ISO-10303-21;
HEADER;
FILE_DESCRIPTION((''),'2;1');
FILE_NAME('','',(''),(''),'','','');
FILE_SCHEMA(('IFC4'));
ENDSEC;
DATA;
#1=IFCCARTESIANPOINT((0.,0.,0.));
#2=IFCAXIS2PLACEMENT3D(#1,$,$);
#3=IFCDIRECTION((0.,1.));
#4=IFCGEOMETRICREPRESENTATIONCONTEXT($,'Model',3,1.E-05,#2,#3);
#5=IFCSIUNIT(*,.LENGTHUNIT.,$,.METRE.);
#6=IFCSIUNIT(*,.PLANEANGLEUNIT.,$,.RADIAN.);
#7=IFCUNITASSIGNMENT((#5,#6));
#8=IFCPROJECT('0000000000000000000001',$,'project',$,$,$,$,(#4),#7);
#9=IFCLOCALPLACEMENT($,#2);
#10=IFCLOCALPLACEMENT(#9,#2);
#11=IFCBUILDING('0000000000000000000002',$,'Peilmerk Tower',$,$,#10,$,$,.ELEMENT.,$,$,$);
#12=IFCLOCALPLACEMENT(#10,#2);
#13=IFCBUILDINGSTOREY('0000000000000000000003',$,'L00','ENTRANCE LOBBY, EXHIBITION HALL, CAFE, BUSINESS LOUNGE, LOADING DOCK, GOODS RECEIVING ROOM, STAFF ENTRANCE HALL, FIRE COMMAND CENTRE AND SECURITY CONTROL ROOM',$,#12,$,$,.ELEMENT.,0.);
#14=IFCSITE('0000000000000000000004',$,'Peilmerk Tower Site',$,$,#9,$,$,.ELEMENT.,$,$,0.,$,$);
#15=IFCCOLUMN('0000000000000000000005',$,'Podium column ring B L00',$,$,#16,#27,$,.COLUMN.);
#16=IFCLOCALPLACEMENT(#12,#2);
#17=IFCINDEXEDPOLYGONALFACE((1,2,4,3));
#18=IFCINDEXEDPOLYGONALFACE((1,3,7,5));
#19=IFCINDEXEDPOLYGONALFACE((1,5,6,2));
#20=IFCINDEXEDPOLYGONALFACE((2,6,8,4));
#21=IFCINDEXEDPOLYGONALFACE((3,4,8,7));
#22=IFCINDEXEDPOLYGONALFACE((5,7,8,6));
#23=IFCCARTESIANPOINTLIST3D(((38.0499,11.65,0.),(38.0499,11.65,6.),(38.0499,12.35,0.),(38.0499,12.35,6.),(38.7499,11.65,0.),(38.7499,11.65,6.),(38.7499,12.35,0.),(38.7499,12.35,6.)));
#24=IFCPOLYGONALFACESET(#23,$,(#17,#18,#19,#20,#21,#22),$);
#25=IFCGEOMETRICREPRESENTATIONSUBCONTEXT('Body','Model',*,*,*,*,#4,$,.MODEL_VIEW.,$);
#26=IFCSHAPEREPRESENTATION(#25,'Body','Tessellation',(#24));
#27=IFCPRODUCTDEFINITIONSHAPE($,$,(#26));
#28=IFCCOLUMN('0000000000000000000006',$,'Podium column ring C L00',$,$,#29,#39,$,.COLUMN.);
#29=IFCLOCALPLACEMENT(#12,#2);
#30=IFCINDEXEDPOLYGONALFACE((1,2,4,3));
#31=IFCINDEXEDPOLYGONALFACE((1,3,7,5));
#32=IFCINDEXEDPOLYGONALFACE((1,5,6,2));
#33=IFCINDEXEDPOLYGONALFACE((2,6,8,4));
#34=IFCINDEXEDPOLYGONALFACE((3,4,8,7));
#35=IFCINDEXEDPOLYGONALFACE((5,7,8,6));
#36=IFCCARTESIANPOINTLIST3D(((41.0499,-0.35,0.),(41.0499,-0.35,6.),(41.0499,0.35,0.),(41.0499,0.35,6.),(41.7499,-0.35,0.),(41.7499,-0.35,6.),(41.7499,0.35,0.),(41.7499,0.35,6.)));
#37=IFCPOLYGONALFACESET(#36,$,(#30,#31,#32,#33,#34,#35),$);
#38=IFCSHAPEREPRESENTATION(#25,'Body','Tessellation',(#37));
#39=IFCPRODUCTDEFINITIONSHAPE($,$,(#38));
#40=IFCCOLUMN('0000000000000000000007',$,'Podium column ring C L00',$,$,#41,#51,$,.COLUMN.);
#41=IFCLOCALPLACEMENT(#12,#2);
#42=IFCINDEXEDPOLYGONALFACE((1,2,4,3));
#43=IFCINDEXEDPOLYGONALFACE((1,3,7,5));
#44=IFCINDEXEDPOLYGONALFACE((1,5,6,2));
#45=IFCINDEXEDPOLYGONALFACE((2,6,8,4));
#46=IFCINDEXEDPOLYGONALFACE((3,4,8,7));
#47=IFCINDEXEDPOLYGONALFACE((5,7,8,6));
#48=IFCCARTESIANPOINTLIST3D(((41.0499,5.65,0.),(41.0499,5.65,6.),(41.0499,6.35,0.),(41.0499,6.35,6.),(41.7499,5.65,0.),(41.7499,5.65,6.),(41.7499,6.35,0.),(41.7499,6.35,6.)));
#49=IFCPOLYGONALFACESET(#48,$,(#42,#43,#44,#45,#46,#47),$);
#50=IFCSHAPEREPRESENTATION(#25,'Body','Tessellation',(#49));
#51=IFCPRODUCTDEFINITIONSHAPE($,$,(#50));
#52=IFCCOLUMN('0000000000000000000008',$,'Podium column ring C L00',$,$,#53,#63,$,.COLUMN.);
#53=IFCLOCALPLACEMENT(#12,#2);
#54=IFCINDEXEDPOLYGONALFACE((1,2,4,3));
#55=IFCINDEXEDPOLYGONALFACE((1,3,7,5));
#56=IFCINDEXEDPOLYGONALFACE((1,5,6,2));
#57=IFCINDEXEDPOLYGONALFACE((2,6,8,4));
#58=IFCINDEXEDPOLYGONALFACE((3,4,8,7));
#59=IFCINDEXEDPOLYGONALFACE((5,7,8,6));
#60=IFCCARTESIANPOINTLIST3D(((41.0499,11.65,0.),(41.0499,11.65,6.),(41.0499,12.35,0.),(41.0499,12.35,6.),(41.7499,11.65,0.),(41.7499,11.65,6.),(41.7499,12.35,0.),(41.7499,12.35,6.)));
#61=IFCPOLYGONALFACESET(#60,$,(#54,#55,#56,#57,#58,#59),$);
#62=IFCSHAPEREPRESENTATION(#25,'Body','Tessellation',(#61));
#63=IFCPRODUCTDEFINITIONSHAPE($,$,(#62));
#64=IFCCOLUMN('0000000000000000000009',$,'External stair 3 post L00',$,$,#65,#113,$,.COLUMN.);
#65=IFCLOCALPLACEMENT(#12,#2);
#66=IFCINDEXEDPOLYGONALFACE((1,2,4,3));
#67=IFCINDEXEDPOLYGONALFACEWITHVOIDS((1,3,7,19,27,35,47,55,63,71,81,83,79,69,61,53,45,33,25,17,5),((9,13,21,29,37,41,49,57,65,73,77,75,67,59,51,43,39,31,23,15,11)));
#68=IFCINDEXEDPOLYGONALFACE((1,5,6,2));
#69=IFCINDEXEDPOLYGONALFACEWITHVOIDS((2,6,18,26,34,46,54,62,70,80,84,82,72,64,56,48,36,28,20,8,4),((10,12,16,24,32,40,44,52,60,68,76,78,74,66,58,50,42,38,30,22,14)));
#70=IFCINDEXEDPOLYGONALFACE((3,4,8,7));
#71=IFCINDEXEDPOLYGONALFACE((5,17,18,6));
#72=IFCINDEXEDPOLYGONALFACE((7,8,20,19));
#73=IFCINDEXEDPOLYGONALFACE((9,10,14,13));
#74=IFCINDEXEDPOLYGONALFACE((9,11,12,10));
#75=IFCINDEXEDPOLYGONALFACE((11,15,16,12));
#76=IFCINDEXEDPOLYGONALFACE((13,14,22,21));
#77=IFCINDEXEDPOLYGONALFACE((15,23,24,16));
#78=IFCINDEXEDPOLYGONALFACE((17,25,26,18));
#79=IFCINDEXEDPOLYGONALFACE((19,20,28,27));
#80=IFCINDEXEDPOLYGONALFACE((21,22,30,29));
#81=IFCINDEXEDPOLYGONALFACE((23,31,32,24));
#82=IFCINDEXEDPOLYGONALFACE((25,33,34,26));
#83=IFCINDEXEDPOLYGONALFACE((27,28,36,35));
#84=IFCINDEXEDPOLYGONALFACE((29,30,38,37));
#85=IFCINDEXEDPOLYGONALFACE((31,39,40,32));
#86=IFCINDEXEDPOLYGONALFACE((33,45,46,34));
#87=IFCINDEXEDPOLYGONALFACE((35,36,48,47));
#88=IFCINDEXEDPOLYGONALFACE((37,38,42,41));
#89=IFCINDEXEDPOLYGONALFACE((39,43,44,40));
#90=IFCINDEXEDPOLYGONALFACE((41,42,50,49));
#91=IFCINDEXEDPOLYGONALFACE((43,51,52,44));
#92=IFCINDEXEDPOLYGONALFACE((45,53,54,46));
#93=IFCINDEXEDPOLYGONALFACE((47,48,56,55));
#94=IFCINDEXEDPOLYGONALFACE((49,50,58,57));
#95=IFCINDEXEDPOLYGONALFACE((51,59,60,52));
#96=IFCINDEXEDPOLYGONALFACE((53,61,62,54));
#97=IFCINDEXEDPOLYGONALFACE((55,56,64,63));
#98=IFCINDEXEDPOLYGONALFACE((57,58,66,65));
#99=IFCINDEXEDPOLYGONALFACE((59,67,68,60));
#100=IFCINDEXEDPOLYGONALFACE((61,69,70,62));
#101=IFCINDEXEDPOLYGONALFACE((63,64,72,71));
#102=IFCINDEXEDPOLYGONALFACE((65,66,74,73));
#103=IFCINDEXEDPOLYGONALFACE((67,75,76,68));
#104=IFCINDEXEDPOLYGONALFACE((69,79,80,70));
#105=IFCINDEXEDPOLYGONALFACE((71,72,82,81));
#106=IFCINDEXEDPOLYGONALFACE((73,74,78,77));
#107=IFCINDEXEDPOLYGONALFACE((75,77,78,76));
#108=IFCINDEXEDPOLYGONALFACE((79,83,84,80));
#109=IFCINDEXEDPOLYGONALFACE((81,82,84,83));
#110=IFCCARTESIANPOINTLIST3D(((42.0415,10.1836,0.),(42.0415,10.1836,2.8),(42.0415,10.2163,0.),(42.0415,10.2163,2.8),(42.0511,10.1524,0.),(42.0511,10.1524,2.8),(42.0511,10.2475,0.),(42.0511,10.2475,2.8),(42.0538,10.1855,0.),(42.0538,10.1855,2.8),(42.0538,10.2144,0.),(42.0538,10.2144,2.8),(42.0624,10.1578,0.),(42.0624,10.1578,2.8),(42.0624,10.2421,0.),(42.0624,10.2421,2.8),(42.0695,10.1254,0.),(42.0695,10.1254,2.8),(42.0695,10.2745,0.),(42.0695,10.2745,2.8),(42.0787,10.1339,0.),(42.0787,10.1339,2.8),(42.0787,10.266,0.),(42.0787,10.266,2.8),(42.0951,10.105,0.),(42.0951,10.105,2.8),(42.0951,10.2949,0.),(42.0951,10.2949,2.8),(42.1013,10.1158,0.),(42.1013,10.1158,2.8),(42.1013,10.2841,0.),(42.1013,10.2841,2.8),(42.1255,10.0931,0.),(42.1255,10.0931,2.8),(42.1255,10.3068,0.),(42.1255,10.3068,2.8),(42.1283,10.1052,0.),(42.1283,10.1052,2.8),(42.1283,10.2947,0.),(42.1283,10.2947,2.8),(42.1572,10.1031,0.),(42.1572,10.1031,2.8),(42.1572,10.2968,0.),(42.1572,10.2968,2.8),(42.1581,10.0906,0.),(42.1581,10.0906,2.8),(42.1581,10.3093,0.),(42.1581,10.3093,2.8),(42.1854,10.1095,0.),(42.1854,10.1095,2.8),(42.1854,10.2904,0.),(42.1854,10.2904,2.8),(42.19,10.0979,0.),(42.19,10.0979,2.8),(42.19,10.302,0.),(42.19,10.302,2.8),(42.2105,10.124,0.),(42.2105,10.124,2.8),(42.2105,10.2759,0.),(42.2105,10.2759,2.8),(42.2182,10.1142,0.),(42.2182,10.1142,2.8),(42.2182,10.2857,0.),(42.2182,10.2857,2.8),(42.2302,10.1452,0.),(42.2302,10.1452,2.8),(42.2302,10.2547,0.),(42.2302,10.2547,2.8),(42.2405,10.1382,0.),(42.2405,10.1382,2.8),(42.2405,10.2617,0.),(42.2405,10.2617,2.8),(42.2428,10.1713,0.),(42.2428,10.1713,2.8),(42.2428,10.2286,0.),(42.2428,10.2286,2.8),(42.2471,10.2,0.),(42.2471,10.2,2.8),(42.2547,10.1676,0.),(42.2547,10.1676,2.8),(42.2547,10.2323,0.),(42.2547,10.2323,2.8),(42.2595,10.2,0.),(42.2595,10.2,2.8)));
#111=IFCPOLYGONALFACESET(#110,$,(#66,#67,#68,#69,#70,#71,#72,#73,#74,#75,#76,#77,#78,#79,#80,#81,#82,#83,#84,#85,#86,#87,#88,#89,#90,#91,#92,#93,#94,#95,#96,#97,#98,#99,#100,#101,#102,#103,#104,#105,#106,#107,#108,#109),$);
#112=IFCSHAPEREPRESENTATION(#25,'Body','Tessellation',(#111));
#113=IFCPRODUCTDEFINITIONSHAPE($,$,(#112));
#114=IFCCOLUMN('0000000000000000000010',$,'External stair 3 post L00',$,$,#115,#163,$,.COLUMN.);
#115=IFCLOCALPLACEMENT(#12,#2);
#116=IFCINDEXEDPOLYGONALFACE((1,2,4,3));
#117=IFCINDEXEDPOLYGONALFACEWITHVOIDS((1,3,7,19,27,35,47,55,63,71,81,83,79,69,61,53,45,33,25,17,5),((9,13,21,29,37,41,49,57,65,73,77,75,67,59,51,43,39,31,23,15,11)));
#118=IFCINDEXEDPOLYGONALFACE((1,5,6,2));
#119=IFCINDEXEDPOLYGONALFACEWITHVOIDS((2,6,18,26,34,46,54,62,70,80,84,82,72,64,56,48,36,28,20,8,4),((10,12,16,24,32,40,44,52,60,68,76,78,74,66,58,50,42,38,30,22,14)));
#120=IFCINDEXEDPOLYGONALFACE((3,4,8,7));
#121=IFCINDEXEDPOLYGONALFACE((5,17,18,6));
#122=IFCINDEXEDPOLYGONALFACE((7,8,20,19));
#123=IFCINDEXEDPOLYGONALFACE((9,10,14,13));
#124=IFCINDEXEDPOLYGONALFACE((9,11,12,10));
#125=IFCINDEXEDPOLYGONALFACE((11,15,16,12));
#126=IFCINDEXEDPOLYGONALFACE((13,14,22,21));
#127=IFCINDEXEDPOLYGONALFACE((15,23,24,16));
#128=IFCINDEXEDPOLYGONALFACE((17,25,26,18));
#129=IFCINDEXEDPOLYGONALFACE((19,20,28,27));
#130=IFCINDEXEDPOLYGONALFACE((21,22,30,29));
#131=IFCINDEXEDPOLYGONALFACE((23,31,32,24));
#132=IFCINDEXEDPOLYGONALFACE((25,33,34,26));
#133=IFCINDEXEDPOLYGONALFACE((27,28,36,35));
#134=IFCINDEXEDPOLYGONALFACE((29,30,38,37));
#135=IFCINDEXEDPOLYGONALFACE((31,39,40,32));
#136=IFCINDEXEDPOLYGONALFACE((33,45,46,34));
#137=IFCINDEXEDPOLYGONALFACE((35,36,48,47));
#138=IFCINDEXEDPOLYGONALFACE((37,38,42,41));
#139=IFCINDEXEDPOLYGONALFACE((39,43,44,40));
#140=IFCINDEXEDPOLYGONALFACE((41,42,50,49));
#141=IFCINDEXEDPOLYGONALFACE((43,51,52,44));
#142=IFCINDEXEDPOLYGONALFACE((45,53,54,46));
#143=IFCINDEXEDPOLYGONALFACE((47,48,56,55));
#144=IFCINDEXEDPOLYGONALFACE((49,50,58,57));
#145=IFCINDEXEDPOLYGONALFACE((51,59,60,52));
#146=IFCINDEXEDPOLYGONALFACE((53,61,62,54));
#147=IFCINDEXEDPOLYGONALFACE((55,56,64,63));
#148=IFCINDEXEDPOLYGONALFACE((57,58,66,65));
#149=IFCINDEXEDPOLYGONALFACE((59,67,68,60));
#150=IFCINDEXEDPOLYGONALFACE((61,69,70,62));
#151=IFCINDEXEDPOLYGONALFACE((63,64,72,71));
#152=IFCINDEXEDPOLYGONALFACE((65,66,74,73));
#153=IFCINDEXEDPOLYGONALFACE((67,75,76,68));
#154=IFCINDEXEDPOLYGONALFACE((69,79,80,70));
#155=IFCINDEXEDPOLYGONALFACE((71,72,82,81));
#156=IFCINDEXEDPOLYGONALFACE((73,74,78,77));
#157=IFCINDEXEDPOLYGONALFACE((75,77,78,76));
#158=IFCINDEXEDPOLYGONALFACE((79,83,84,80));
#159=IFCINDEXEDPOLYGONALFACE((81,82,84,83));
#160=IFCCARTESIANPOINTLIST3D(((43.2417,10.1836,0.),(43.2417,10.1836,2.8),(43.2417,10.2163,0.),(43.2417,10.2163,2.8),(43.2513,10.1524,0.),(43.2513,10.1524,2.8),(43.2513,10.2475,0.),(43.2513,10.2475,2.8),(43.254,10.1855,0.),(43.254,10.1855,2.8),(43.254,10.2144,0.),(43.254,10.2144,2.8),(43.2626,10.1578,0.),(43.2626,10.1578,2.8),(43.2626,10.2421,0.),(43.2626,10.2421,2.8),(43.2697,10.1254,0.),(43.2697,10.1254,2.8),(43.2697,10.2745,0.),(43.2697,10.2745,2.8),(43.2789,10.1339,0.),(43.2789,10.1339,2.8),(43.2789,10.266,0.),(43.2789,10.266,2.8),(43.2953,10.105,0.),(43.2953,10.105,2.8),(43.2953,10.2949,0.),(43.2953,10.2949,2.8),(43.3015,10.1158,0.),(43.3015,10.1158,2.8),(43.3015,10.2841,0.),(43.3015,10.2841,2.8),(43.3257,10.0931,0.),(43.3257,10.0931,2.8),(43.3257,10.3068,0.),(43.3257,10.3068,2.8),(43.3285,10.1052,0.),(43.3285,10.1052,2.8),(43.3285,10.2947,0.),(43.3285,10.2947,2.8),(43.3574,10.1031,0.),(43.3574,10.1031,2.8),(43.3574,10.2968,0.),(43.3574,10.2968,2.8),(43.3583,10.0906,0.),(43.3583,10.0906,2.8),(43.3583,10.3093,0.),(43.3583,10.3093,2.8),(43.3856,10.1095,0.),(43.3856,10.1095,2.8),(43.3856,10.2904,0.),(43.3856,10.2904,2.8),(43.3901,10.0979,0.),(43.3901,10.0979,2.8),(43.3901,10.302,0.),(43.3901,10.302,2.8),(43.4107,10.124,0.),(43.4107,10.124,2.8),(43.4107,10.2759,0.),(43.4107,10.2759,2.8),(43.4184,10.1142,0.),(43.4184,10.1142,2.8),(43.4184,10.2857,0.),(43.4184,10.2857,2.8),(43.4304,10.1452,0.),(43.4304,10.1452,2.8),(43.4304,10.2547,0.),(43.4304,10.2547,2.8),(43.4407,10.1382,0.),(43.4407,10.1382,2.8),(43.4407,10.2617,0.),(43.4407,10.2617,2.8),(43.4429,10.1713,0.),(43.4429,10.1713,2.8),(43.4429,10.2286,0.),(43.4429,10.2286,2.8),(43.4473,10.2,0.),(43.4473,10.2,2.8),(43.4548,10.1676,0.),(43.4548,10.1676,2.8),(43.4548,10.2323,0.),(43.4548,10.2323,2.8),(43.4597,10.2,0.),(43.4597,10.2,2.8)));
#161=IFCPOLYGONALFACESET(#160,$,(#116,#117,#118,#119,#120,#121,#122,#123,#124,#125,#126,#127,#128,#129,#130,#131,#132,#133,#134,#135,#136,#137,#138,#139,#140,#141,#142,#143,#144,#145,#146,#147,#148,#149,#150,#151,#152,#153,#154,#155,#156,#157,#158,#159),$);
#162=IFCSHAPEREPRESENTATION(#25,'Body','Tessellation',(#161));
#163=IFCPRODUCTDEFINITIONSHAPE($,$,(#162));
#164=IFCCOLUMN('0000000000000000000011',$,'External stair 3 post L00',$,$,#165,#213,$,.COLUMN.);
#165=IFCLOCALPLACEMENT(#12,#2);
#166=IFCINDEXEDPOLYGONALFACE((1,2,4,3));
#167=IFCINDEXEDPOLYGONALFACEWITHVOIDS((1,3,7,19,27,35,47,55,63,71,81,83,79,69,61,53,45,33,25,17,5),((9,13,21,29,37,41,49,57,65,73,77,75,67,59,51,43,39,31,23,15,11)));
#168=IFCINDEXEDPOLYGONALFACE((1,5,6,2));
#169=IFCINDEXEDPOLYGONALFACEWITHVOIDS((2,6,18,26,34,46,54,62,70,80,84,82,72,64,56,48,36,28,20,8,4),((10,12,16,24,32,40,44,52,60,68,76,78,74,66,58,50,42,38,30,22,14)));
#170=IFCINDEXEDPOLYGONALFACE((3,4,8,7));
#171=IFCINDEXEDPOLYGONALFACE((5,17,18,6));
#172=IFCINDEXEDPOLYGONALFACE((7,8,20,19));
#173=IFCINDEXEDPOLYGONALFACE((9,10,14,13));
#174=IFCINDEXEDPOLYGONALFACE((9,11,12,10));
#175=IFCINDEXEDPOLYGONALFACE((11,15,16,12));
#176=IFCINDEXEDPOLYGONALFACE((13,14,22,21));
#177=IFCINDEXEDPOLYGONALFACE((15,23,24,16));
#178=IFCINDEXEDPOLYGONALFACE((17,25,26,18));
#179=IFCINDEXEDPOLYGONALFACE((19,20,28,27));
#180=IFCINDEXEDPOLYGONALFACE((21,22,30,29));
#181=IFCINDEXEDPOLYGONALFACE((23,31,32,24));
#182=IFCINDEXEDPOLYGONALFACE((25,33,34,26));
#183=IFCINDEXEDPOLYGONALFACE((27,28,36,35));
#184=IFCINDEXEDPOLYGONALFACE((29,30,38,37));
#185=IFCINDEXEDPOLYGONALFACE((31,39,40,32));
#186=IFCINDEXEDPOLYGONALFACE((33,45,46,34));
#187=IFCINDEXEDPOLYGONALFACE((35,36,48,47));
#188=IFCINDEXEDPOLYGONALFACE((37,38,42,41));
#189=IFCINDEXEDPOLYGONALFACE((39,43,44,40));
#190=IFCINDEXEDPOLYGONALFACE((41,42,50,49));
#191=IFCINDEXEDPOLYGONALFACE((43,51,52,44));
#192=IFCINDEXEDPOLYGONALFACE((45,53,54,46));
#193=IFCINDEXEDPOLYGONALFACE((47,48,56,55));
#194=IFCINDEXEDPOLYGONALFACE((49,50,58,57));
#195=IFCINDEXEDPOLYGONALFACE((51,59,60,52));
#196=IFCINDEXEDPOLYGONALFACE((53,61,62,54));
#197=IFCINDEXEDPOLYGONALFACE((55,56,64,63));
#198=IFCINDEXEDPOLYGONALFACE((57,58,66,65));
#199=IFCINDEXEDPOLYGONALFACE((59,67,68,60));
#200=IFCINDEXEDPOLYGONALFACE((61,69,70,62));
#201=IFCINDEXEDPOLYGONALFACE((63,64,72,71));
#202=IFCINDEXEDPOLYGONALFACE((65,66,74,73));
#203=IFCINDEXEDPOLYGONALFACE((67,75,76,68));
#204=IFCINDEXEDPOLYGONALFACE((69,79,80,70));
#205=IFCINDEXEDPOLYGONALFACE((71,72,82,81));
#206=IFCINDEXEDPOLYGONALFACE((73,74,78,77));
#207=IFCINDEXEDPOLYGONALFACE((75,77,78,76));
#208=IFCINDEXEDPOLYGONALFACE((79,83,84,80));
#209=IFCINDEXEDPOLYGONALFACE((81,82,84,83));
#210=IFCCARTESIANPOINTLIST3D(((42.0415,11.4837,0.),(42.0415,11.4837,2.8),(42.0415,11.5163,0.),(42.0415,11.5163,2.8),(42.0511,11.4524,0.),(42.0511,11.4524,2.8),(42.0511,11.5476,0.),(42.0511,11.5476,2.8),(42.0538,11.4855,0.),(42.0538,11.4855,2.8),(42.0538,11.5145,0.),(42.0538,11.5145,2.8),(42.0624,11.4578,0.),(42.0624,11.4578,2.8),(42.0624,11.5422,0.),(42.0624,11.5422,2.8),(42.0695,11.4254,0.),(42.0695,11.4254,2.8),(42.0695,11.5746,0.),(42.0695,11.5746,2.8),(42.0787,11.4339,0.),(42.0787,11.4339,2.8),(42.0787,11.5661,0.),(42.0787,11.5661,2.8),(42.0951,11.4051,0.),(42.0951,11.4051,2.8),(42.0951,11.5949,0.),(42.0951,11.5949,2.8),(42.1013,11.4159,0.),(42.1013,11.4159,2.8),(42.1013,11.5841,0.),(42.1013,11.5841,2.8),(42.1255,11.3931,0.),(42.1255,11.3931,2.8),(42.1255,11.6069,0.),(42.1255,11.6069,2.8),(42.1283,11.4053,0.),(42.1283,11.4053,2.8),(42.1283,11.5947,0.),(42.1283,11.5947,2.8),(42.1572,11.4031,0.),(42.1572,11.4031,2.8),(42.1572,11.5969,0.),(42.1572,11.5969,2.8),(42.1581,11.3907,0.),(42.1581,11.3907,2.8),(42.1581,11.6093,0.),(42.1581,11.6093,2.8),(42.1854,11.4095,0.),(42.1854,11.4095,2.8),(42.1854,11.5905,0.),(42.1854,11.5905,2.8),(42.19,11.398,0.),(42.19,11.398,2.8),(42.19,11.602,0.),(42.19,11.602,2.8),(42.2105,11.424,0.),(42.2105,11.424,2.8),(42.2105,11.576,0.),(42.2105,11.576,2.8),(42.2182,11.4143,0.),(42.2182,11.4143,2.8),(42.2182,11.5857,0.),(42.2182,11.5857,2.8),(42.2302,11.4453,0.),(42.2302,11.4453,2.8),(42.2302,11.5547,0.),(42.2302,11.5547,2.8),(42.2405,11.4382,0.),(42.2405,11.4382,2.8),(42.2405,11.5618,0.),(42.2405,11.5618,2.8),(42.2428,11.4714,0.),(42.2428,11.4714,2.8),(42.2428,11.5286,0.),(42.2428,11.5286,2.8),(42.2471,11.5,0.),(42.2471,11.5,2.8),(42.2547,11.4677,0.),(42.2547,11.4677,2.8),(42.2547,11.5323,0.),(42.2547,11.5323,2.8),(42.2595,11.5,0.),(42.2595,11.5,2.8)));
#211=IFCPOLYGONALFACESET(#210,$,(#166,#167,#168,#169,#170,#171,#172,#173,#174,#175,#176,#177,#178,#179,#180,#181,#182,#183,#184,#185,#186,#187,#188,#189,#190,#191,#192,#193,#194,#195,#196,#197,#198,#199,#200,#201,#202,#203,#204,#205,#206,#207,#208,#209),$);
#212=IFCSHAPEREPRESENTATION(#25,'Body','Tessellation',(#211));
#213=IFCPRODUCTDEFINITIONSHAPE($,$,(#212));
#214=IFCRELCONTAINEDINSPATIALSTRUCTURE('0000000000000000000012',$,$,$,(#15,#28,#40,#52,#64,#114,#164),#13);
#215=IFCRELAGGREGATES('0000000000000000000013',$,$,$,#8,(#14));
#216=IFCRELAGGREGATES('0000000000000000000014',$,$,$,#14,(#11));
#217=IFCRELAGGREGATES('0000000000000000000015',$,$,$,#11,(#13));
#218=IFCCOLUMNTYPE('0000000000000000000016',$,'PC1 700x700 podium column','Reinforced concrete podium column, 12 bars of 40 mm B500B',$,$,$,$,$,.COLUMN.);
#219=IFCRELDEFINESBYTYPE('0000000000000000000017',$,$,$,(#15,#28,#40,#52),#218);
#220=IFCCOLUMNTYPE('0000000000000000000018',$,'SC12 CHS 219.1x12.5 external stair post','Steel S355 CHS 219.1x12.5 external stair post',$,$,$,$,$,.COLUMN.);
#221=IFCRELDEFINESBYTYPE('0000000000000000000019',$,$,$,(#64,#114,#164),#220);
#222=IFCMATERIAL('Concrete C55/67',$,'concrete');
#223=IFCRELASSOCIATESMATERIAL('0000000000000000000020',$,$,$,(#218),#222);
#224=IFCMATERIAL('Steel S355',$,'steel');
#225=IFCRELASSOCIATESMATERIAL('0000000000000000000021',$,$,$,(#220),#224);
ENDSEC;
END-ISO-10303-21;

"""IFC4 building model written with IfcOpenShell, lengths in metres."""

from ifc_helpers import new_model, si_unit, direction, frame, origin, origin_2d, place, context, subcontext, project, spatial, rectangle, hollow_circle, extrude, material, material_profile, profile_set, type_object, element, save


model = new_model("IFC4")

# Units and contexts
model_context = context("Model", 3, precision=1e-05, world=origin(), true_north=direction((0.0, 1.0)))
body_context = subcontext(model_context, "Body", "Model", "MODEL_VIEW")
ifc_project = project(units=[si_unit("LENGTHUNIT", "METRE"), si_unit("PLANEANGLEUNIT", "RADIAN")], contexts=[model_context])

# Site, building, storey
site_placement = place(None, origin())
site = spatial("IfcSite", under=ifc_project, at=site_placement, Name="Peilmerk Tower Site", CompositionType="ELEMENT", RefElevation=0.0)
building_placement = place(site_placement, origin())
building = spatial("IfcBuilding", under=site, at=building_placement, Name="Peilmerk Tower", CompositionType="ELEMENT")
storey_placement = place(building_placement, origin())
storey = spatial("IfcBuildingStorey", under=building, at=storey_placement, Name="L00", Description="ENTRANCE LOBBY, EXHIBITION HALL, CAFE, BUSINESS LOUNGE, LOADING DOCK, GOODS RECEIVING ROOM, STAFF ENTRANCE HALL, FIRE COMMAND CENTRE AND SECURITY CONTROL ROOM", CompositionType="ELEMENT", Elevation=0.0)

# Columns
ifc_material_1 = material(Name="Concrete C55/67", Category="concrete")
ifc_material_profile_1 = material_profile(ifc_material_1, rectangle(XDim=0.7, YDim=0.7, at=origin_2d()), Name="RC 700x700")
ifc_profile_set_1 = profile_set([ifc_material_profile_1], Name="Concrete C55/67")
column_type_1 = type_object("IfcColumnType", Name="PC1 700x700 podium column", Description="Reinforced concrete podium column, 12 bars of 40 mm B500B", PredefinedType="COLUMN", material=ifc_profile_set_1)
for number, where, z_axis, x_axis, name in (
    (1, (38.3999, 12.0, 0.0), (0.0, 0.0, 1.0), (1.0, 0.0, 0.0), "Podium column ring B L00"),
    (2, (41.3999, 0.0, 0.0), (0.0, 0.0, 1.0), (1.0, 0.0, 0.0), "Podium column ring C L00"),
    (3, (41.3999, 6.0, 0.0), (0.0, 0.0, 1.0), (1.0, 0.0, 0.0), "Podium column ring C L00"),
    (4, (41.3999, 12.0, 0.0), (0.0, 0.0, 1.0), (1.0, 0.0, 0.0), "Podium column ring C L00"),
):
    element("IfcColumn", number, at=place(storey_placement, frame(where, z_axis=z_axis, x_axis=x_axis)), inside=storey, type_object=column_type_1, Name=name, PredefinedType="COLUMN", context=body_context, shape_type="SweptSolid", body=[
        extrude(rectangle(XDim=0.7, YDim=0.7, at=origin_2d()), origin(), (0.0, 0.0, 1.0), 6.0),
    ])
ifc_material_2 = material(Name="Steel S355", Category="steel")
ifc_material_profile_2 = material_profile(ifc_material_2, hollow_circle(Radius=0.1096, WallThickness=0.0125, at=origin_2d()), Name="CHS 219.1x12.5")
ifc_profile_set_2 = profile_set([ifc_material_profile_2], Name="Steel S355")
column_type_2 = type_object("IfcColumnType", Name="SC12 CHS 219.1x12.5 external stair post", Description="Steel S355 CHS 219.1x12.5 external stair post", PredefinedType="COLUMN", material=ifc_profile_set_2)
for number, where, z_axis, x_axis, name in (
    (5, (42.1499, 10.2, 0.0), (0.0, 0.0, 1.0), (1.0, 0.0, 0.0), "External stair 3 post L00"),
    (6, (43.3501, 10.2, 0.0), (0.0, 0.0, 1.0), (1.0, 0.0, 0.0), "External stair 3 post L00"),
    (7, (42.1499, 11.5, 0.0), (0.0, 0.0, 1.0), (1.0, 0.0, 0.0), "External stair 3 post L00"),
):
    element("IfcColumn", number, at=place(storey_placement, frame(where, z_axis=z_axis, x_axis=x_axis)), inside=storey, type_object=column_type_2, Name=name, PredefinedType="COLUMN", context=body_context, shape_type="SweptSolid", body=[
        extrude(hollow_circle(Radius=0.1096, WallThickness=0.0125, at=origin_2d()), origin(), (0.0, 0.0, 1.0), 2.8),
    ])

save(model, "model.ifc")
